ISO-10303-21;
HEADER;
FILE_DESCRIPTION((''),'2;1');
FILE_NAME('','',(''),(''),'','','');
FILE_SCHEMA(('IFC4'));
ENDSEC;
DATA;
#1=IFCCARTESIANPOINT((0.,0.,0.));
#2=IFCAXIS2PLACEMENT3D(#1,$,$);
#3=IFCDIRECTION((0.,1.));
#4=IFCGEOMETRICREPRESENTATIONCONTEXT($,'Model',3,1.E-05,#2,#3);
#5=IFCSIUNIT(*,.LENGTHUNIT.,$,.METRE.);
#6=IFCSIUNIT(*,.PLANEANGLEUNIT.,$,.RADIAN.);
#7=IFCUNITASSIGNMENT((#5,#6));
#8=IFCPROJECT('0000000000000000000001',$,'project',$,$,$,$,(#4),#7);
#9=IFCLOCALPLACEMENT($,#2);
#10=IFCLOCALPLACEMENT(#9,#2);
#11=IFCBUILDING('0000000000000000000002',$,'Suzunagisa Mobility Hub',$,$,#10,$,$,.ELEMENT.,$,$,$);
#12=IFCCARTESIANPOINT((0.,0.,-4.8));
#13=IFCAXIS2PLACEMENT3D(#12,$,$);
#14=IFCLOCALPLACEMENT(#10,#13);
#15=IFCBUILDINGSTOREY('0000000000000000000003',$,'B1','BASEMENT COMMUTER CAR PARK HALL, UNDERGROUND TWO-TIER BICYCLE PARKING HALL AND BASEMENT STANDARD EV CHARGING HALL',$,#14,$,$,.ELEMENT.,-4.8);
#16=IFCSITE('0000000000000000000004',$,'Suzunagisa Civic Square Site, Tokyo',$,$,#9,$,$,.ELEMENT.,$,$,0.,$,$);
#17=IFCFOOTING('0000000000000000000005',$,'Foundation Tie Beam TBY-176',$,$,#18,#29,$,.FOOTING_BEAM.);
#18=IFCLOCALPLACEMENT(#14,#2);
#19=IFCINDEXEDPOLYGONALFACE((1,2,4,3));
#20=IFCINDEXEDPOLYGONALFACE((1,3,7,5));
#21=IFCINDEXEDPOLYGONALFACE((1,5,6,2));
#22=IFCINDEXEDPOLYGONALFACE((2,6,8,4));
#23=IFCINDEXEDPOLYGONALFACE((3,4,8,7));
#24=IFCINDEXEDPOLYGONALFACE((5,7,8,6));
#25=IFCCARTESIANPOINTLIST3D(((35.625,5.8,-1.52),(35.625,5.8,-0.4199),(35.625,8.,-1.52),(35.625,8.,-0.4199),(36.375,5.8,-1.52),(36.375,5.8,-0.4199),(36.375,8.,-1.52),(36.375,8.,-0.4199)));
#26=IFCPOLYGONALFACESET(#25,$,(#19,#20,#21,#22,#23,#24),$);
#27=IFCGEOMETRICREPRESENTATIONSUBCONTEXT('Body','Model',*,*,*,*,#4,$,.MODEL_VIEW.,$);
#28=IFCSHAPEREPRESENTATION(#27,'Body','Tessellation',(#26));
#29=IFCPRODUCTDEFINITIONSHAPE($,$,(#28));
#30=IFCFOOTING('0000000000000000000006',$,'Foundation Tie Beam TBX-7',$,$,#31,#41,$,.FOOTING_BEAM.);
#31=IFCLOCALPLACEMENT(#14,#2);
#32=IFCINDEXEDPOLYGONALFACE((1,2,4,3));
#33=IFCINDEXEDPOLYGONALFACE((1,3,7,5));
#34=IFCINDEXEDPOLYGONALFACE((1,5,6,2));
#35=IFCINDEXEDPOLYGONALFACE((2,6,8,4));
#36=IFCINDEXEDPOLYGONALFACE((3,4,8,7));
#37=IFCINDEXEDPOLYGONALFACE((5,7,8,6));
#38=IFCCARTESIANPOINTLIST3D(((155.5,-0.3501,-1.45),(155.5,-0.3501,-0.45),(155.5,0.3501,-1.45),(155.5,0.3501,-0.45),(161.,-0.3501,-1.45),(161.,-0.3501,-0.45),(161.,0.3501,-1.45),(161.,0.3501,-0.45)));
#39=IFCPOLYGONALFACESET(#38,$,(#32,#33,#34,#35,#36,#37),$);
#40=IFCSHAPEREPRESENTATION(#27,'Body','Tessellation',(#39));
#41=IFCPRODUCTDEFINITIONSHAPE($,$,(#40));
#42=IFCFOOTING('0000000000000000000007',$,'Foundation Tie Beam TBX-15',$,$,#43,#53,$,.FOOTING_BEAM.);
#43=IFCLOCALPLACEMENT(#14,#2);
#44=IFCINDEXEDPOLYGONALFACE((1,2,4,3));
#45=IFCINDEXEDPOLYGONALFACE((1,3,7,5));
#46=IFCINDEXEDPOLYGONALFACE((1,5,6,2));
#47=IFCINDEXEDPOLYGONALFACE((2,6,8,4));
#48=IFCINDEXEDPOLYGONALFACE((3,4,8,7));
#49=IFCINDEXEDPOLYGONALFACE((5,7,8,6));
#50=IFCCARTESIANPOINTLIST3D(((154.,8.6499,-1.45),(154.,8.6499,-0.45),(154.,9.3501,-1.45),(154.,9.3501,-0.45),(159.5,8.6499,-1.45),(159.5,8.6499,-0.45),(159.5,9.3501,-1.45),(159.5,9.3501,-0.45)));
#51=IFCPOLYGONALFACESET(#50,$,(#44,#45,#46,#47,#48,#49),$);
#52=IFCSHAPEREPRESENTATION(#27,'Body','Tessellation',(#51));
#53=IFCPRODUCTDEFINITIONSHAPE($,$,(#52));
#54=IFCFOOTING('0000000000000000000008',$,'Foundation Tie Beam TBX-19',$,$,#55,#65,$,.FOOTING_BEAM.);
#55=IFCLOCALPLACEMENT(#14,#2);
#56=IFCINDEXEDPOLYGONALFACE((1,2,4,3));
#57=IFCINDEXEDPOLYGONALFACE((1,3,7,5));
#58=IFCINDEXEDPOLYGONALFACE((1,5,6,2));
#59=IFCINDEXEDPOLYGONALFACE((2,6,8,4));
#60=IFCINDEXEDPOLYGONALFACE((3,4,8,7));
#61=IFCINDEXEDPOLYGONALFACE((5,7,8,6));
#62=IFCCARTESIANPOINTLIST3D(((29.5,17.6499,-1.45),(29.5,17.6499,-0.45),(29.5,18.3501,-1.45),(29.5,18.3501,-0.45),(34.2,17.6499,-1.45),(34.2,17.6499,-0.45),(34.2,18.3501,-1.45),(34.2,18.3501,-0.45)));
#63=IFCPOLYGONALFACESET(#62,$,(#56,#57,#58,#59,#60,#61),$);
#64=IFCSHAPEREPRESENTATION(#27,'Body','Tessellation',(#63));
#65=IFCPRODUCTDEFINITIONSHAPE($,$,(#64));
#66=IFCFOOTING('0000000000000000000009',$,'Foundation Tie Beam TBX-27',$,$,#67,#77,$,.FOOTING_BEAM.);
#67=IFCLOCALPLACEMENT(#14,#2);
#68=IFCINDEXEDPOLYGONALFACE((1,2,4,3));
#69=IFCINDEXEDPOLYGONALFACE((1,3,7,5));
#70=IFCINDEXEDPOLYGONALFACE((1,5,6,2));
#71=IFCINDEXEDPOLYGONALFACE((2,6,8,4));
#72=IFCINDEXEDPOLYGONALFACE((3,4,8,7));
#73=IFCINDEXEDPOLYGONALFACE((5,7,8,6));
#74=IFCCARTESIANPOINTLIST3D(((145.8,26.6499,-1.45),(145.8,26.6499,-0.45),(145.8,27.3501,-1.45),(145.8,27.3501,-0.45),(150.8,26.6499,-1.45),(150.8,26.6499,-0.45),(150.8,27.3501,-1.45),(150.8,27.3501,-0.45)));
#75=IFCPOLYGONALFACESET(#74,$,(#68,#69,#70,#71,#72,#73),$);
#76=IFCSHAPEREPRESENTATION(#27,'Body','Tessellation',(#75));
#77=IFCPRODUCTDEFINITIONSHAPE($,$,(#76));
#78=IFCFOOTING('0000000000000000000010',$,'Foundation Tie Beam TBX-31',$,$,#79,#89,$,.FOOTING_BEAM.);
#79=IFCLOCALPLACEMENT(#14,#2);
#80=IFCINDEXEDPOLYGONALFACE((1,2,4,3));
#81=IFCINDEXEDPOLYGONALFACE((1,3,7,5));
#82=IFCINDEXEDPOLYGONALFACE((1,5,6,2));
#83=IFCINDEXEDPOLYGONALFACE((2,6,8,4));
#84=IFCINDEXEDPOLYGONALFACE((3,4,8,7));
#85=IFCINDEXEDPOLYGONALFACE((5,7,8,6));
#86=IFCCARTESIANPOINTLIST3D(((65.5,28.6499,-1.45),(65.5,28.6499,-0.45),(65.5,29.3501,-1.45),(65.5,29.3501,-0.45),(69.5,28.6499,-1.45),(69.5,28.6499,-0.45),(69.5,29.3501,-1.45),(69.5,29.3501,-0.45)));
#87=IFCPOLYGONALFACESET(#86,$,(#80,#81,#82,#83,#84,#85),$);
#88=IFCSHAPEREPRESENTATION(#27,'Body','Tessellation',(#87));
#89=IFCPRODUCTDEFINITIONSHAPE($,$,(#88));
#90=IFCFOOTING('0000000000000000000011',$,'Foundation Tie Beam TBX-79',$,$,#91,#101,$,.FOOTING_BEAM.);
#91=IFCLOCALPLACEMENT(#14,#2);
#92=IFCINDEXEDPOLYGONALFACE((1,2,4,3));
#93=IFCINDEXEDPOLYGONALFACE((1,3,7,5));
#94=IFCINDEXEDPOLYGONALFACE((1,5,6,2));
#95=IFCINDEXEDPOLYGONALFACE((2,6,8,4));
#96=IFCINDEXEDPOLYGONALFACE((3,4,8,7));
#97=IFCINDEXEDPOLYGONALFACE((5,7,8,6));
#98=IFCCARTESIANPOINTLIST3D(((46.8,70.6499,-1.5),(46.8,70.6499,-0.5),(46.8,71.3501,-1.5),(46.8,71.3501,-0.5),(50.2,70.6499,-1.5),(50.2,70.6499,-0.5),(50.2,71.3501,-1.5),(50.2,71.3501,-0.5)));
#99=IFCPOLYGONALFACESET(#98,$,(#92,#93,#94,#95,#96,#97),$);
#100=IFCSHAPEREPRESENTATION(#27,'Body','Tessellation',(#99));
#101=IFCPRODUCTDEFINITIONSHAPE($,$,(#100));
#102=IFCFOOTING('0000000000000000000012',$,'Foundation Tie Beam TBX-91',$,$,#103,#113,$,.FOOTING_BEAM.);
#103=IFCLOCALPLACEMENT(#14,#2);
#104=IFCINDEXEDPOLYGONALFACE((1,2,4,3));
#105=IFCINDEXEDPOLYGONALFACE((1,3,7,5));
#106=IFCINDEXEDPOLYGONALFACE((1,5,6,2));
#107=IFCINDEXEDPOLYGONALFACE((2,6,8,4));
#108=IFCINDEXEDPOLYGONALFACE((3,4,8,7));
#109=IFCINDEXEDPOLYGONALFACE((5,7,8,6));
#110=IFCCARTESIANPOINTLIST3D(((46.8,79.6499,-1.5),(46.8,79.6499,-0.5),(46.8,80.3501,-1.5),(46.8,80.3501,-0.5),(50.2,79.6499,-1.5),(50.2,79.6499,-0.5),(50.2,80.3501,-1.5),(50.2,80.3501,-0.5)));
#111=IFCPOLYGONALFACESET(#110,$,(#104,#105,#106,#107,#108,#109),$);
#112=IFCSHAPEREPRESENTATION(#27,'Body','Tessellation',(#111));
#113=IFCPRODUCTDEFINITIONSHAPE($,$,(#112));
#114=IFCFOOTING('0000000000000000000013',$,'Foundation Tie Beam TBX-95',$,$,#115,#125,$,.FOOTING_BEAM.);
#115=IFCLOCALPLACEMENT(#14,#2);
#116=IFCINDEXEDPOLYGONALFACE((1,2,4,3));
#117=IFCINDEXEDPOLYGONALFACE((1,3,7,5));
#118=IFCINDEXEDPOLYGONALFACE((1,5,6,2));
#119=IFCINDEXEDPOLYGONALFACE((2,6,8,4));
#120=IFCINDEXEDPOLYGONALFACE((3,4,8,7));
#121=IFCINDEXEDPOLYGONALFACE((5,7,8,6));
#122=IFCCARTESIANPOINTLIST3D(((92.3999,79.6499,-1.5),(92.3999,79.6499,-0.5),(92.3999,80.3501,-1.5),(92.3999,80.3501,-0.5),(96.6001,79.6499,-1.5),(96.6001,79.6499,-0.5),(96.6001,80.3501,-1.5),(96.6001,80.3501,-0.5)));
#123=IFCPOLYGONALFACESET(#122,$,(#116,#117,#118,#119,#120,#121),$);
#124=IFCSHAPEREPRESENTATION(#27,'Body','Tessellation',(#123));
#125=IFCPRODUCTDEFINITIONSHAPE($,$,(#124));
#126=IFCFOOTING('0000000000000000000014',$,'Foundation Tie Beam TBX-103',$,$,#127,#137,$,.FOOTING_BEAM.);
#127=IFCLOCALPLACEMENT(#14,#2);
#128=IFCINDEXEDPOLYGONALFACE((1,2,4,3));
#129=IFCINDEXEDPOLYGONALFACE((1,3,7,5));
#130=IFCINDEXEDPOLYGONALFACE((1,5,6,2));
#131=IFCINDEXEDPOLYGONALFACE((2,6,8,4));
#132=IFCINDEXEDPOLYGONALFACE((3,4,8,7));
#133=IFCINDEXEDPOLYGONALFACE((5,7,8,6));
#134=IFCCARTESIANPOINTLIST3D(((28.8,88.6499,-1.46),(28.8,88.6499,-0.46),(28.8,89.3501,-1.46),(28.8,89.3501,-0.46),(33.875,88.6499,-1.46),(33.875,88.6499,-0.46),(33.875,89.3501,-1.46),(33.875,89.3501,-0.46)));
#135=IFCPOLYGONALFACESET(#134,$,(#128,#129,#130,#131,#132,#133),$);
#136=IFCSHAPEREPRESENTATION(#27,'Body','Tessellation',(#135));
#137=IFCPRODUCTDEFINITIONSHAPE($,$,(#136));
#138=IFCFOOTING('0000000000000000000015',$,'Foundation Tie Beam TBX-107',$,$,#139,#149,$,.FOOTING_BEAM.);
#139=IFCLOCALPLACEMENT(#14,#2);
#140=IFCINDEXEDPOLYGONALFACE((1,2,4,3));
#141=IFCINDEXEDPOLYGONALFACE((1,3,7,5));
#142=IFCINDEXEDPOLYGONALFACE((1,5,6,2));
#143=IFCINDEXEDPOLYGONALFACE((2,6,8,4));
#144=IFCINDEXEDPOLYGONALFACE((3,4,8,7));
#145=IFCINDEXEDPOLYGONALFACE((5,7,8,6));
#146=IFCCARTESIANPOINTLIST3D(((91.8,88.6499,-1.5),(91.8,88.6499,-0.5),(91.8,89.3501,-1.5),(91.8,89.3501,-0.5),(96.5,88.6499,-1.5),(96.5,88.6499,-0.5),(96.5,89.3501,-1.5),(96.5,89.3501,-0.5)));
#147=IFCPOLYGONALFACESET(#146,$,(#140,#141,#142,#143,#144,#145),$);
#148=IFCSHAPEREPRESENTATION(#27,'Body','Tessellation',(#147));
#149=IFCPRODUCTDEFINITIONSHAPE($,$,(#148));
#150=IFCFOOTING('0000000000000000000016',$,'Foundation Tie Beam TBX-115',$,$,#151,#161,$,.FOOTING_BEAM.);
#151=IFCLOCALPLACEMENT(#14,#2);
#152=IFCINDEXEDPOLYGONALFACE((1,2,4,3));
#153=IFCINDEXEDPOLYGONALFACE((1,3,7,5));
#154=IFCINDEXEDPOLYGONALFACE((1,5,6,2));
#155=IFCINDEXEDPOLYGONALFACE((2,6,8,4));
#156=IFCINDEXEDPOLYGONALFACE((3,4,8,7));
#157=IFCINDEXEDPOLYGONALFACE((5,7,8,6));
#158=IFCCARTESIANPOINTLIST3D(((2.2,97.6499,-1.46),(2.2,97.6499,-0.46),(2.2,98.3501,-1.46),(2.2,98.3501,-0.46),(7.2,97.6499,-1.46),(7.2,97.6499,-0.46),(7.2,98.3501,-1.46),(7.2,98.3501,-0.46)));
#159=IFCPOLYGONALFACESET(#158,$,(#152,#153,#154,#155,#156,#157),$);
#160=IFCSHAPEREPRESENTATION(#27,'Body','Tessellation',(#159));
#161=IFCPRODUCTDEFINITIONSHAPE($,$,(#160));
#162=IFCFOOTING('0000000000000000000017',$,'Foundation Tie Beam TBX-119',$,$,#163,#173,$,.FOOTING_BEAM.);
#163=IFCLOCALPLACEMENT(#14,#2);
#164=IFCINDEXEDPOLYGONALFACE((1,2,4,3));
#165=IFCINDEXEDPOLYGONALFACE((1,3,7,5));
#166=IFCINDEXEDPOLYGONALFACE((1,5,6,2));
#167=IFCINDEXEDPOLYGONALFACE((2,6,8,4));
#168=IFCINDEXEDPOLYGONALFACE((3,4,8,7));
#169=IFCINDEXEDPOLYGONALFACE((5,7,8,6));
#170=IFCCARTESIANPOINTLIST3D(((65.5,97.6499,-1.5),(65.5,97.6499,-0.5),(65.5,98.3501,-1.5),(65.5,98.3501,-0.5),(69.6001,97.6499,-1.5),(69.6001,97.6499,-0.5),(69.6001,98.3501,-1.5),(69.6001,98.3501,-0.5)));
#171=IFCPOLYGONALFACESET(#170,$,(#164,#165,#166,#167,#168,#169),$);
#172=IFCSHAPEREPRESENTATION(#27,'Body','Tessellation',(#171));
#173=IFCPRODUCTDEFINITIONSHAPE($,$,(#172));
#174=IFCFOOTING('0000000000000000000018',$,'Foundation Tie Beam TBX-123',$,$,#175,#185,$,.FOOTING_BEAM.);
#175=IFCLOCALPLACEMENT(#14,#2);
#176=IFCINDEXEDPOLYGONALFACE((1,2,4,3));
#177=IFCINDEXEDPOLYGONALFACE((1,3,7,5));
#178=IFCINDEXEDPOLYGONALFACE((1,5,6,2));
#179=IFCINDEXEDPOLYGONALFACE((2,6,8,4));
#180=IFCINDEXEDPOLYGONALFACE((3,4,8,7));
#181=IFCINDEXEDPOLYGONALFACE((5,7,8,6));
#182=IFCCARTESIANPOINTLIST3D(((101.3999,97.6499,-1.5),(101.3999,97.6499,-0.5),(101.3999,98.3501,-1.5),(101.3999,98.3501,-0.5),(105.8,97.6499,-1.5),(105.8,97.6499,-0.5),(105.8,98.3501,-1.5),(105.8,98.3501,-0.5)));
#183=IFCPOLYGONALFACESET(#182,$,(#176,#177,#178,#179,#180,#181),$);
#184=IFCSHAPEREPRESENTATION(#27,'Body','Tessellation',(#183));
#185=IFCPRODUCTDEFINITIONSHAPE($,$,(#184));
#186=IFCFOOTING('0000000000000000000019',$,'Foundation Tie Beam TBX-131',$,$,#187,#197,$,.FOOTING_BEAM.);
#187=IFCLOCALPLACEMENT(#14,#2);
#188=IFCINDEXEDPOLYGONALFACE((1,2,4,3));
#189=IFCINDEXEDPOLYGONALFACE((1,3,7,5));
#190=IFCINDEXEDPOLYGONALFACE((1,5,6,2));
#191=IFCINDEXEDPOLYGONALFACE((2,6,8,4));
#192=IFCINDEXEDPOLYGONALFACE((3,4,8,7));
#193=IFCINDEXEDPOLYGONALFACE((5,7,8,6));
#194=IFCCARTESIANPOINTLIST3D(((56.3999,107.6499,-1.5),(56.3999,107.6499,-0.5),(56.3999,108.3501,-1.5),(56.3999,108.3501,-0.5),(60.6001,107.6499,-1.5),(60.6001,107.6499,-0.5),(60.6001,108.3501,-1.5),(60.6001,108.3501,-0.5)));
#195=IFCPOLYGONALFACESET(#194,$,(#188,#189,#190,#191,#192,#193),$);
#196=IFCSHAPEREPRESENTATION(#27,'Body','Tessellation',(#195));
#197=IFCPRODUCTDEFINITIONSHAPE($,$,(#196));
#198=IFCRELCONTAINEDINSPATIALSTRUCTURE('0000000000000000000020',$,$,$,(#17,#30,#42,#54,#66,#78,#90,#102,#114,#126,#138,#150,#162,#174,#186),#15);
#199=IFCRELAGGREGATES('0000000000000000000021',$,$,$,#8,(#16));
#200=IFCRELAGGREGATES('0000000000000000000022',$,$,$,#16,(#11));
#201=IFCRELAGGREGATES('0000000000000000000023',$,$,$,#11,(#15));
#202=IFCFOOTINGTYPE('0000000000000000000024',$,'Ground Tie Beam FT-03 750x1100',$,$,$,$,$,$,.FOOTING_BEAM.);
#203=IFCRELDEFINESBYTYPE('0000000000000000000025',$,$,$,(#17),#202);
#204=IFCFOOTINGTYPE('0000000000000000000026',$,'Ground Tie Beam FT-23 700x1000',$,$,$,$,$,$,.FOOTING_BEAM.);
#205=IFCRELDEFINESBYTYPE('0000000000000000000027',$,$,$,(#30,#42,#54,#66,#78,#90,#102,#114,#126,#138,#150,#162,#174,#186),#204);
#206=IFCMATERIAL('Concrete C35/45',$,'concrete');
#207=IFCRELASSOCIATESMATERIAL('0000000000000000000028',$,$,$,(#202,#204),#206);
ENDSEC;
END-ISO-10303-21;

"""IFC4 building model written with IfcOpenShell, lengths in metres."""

from ifc_helpers import new_model, si_unit, direction, frame, origin, place, context, subcontext, project, spatial, polyline, outline, extrude, material, type_object, element, save


model = new_model("IFC4")

# Units and contexts
model_context = context("Model", 3, precision=1e-05, world=origin(), true_north=direction((0.0, 1.0)))
body_context = subcontext(model_context, "Body", "Model", "MODEL_VIEW")
ifc_project = project(units=[si_unit("LENGTHUNIT", "METRE"), si_unit("PLANEANGLEUNIT", "RADIAN")], contexts=[model_context])

# Site, building, storey
site_placement = place(None, origin())
site = spatial("IfcSite", under=ifc_project, at=site_placement, Name="Suzunagisa Civic Square Site, Tokyo", CompositionType="ELEMENT", RefElevation=0.0)
building_placement = place(site_placement, origin())
building = spatial("IfcBuilding", under=site, at=building_placement, Name="Suzunagisa Mobility Hub", CompositionType="ELEMENT")
storey_placement = place(building_placement, frame((0.0, 0.0, -4.8)))
storey = spatial("IfcBuildingStorey", under=building, at=storey_placement, Name="B1", Description="BASEMENT COMMUTER CAR PARK HALL, UNDERGROUND TWO-TIER BICYCLE PARKING HALL AND BASEMENT STANDARD EV CHARGING HALL", CompositionType="ELEMENT", Elevation=-4.8)

# Footings
ifc_material = material(Name="Concrete C35/45", Category="concrete")
footing_type_1 = type_object("IfcFootingType", Name="Ground Tie Beam FT-03 750x1100", PredefinedType="FOOTING_BEAM", material=ifc_material)
footing_1_placement = place(storey_placement, frame((0.0, 0.0, -1.52)))
element("IfcFooting", 1, at=footing_1_placement, inside=storey, type_object=footing_type_1, Name="Foundation Tie Beam TBY-176", PredefinedType="FOOTING_BEAM", context=body_context, shape_type="SweptSolid", body=[
    extrude(outline(polyline([(35.625, 5.8), (36.375, 5.8), (36.375, 8.0), (35.625, 8.0), (35.625, 5.8)])), origin(), (0.0, 0.0, 1.0), 1.1001),
])
footing_type_2 = type_object("IfcFootingType", Name="Ground Tie Beam FT-23 700x1000", PredefinedType="FOOTING_BEAM", material=ifc_material)
footing_2_placement = place(storey_placement, frame((0.0, 0.0, -1.45)))
element("IfcFooting", 2, at=footing_2_placement, inside=storey, type_object=footing_type_2, Name="Foundation Tie Beam TBX-7", PredefinedType="FOOTING_BEAM", context=body_context, shape_type="SweptSolid", body=[
    extrude(outline(polyline([(155.5, -0.3501), (161.0, -0.3501), (161.0, 0.3501), (155.5, 0.3501), (155.5, -0.3501)])), origin(), (0.0, 0.0, 1.0), 1.0),
])
footing_3_placement = place(storey_placement, frame((0.0, 0.0, -1.45)))
element("IfcFooting", 3, at=footing_3_placement, inside=storey, type_object=footing_type_2, Name="Foundation Tie Beam TBX-15", PredefinedType="FOOTING_BEAM", context=body_context, shape_type="SweptSolid", body=[
    extrude(outline(polyline([(154.0, 8.6499), (159.5, 8.6499), (159.5, 9.3501), (154.0, 9.3501), (154.0, 8.6499)])), origin(), (0.0, 0.0, 1.0), 1.0),
])
footing_4_placement = place(storey_placement, frame((0.0, 0.0, -1.45)))
element("IfcFooting", 4, at=footing_4_placement, inside=storey, type_object=footing_type_2, Name="Foundation Tie Beam TBX-19", PredefinedType="FOOTING_BEAM", context=body_context, shape_type="SweptSolid", body=[
    extrude(outline(polyline([(29.5, 17.6499), (34.2, 17.6499), (34.2, 18.3501), (29.5, 18.3501), (29.5, 17.6499)])), origin(), (0.0, 0.0, 1.0), 1.0),
])
footing_5_placement = place(storey_placement, frame((0.0, 0.0, -1.45)))
element("IfcFooting", 5, at=footing_5_placement, inside=storey, type_object=footing_type_2, Name="Foundation Tie Beam TBX-27", PredefinedType="FOOTING_BEAM", context=body_context, shape_type="SweptSolid", body=[
    extrude(outline(polyline([(145.8, 26.6499), (150.8, 26.6499), (150.8, 27.3501), (145.8, 27.3501), (145.8, 26.6499)])), origin(), (0.0, 0.0, 1.0), 1.0),
])
footing_6_placement = place(storey_placement, frame((0.0, 0.0, -1.45)))
element("IfcFooting", 6, at=footing_6_placement, inside=storey, type_object=footing_type_2, Name="Foundation Tie Beam TBX-31", PredefinedType="FOOTING_BEAM", context=body_context, shape_type="SweptSolid", body=[
    extrude(outline(polyline([(65.5, 28.6499), (69.5, 28.6499), (69.5, 29.3501), (65.5, 29.3501), (65.5, 28.6499)])), origin(), (0.0, 0.0, 1.0), 1.0),
])
footing_7_placement = place(storey_placement, frame((0.0, 0.0, -1.5)))
element("IfcFooting", 7, at=footing_7_placement, inside=storey, type_object=footing_type_2, Name="Foundation Tie Beam TBX-79", PredefinedType="FOOTING_BEAM", context=body_context, shape_type="SweptSolid", body=[
    extrude(outline(polyline([(46.8, 70.6499), (50.2, 70.6499), (50.2, 71.3501), (46.8, 71.3501), (46.8, 70.6499)])), origin(), (0.0, 0.0, 1.0), 1.0),
])
footing_8_placement = place(storey_placement, frame((0.0, 0.0, -1.5)))
element("IfcFooting", 8, at=footing_8_placement, inside=storey, type_object=footing_type_2, Name="Foundation Tie Beam TBX-91", PredefinedType="FOOTING_BEAM", context=body_context, shape_type="SweptSolid", body=[
    extrude(outline(polyline([(46.8, 79.6499), (50.2, 79.6499), (50.2, 80.3501), (46.8, 80.3501), (46.8, 79.6499)])), origin(), (0.0, 0.0, 1.0), 1.0),
])
footing_9_placement = place(storey_placement, frame((0.0, 0.0, -1.5)))
element("IfcFooting", 9, at=footing_9_placement, inside=storey, type_object=footing_type_2, Name="Foundation Tie Beam TBX-95", PredefinedType="FOOTING_BEAM", context=body_context, shape_type="SweptSolid", body=[
    extrude(outline(polyline([(92.3999, 79.6499), (96.6001, 79.6499), (96.6001, 80.3501), (92.3999, 80.3501), (92.3999, 79.6499)])), origin(), (0.0, 0.0, 1.0), 1.0),
])
footing_10_placement = place(storey_placement, frame((0.0, 0.0, -1.46)))
element("IfcFooting", 10, at=footing_10_placement, inside=storey, type_object=footing_type_2, Name="Foundation Tie Beam TBX-103", PredefinedType="FOOTING_BEAM", context=body_context, shape_type="SweptSolid", body=[
    extrude(outline(polyline([(28.8, 88.6499), (33.875, 88.6499), (33.875, 89.3501), (28.8, 89.3501), (28.8, 88.6499)])), origin(), (0.0, 0.0, 1.0), 1.0),
])
footing_11_placement = place(storey_placement, frame((0.0, 0.0, -1.5)))
element("IfcFooting", 11, at=footing_11_placement, inside=storey, type_object=footing_type_2, Name="Foundation Tie Beam TBX-107", PredefinedType="FOOTING_BEAM", context=body_context, shape_type="SweptSolid", body=[
    extrude(outline(polyline([(91.8, 88.6499), (96.5, 88.6499), (96.5, 89.3501), (91.8, 89.3501), (91.8, 88.6499)])), origin(), (0.0, 0.0, 1.0), 1.0),
])
footing_12_placement = place(storey_placement, frame((0.0, 0.0, -1.46)))
element("IfcFooting", 12, at=footing_12_placement, inside=storey, type_object=footing_type_2, Name="Foundation Tie Beam TBX-115", PredefinedType="FOOTING_BEAM", context=body_context, shape_type="SweptSolid", body=[
    extrude(outline(polyline([(2.2, 97.6499), (7.2, 97.6499), (7.2, 98.3501), (2.2, 98.3501), (2.2, 97.6499)])), origin(), (0.0, 0.0, 1.0), 1.0),
])
footing_13_placement = place(storey_placement, frame((0.0, 0.0, -1.5)))
element("IfcFooting", 13, at=footing_13_placement, inside=storey, type_object=footing_type_2, Name="Foundation Tie Beam TBX-119", PredefinedType="FOOTING_BEAM", context=body_context, shape_type="SweptSolid", body=[
    extrude(outline(polyline([(65.5, 97.6499), (69.6001, 97.6499), (69.6001, 98.3501), (65.5, 98.3501), (65.5, 97.6499)])), origin(), (0.0, 0.0, 1.0), 1.0),
])
footing_14_placement = place(storey_placement, frame((0.0, 0.0, -1.5)))
element("IfcFooting", 14, at=footing_14_placement, inside=storey, type_object=footing_type_2, Name="Foundation Tie Beam TBX-123", PredefinedType="FOOTING_BEAM", context=body_context, shape_type="SweptSolid", body=[
    extrude(outline(polyline([(101.3999, 97.6499), (105.8, 97.6499), (105.8, 98.3501), (101.3999, 98.3501), (101.3999, 97.6499)])), origin(), (0.0, 0.0, 1.0), 1.0),
])
footing_15_placement = place(storey_placement, frame((0.0, 0.0, -1.5)))
element("IfcFooting", 15, at=footing_15_placement, inside=storey, type_object=footing_type_2, Name="Foundation Tie Beam TBX-131", PredefinedType="FOOTING_BEAM", context=body_context, shape_type="SweptSolid", body=[
    extrude(outline(polyline([(56.3999, 107.6499), (60.6001, 107.6499), (60.6001, 108.3501), (56.3999, 108.3501), (56.3999, 107.6499)])), origin(), (0.0, 0.0, 1.0), 1.0),
])

save(model, "model.ifc")
